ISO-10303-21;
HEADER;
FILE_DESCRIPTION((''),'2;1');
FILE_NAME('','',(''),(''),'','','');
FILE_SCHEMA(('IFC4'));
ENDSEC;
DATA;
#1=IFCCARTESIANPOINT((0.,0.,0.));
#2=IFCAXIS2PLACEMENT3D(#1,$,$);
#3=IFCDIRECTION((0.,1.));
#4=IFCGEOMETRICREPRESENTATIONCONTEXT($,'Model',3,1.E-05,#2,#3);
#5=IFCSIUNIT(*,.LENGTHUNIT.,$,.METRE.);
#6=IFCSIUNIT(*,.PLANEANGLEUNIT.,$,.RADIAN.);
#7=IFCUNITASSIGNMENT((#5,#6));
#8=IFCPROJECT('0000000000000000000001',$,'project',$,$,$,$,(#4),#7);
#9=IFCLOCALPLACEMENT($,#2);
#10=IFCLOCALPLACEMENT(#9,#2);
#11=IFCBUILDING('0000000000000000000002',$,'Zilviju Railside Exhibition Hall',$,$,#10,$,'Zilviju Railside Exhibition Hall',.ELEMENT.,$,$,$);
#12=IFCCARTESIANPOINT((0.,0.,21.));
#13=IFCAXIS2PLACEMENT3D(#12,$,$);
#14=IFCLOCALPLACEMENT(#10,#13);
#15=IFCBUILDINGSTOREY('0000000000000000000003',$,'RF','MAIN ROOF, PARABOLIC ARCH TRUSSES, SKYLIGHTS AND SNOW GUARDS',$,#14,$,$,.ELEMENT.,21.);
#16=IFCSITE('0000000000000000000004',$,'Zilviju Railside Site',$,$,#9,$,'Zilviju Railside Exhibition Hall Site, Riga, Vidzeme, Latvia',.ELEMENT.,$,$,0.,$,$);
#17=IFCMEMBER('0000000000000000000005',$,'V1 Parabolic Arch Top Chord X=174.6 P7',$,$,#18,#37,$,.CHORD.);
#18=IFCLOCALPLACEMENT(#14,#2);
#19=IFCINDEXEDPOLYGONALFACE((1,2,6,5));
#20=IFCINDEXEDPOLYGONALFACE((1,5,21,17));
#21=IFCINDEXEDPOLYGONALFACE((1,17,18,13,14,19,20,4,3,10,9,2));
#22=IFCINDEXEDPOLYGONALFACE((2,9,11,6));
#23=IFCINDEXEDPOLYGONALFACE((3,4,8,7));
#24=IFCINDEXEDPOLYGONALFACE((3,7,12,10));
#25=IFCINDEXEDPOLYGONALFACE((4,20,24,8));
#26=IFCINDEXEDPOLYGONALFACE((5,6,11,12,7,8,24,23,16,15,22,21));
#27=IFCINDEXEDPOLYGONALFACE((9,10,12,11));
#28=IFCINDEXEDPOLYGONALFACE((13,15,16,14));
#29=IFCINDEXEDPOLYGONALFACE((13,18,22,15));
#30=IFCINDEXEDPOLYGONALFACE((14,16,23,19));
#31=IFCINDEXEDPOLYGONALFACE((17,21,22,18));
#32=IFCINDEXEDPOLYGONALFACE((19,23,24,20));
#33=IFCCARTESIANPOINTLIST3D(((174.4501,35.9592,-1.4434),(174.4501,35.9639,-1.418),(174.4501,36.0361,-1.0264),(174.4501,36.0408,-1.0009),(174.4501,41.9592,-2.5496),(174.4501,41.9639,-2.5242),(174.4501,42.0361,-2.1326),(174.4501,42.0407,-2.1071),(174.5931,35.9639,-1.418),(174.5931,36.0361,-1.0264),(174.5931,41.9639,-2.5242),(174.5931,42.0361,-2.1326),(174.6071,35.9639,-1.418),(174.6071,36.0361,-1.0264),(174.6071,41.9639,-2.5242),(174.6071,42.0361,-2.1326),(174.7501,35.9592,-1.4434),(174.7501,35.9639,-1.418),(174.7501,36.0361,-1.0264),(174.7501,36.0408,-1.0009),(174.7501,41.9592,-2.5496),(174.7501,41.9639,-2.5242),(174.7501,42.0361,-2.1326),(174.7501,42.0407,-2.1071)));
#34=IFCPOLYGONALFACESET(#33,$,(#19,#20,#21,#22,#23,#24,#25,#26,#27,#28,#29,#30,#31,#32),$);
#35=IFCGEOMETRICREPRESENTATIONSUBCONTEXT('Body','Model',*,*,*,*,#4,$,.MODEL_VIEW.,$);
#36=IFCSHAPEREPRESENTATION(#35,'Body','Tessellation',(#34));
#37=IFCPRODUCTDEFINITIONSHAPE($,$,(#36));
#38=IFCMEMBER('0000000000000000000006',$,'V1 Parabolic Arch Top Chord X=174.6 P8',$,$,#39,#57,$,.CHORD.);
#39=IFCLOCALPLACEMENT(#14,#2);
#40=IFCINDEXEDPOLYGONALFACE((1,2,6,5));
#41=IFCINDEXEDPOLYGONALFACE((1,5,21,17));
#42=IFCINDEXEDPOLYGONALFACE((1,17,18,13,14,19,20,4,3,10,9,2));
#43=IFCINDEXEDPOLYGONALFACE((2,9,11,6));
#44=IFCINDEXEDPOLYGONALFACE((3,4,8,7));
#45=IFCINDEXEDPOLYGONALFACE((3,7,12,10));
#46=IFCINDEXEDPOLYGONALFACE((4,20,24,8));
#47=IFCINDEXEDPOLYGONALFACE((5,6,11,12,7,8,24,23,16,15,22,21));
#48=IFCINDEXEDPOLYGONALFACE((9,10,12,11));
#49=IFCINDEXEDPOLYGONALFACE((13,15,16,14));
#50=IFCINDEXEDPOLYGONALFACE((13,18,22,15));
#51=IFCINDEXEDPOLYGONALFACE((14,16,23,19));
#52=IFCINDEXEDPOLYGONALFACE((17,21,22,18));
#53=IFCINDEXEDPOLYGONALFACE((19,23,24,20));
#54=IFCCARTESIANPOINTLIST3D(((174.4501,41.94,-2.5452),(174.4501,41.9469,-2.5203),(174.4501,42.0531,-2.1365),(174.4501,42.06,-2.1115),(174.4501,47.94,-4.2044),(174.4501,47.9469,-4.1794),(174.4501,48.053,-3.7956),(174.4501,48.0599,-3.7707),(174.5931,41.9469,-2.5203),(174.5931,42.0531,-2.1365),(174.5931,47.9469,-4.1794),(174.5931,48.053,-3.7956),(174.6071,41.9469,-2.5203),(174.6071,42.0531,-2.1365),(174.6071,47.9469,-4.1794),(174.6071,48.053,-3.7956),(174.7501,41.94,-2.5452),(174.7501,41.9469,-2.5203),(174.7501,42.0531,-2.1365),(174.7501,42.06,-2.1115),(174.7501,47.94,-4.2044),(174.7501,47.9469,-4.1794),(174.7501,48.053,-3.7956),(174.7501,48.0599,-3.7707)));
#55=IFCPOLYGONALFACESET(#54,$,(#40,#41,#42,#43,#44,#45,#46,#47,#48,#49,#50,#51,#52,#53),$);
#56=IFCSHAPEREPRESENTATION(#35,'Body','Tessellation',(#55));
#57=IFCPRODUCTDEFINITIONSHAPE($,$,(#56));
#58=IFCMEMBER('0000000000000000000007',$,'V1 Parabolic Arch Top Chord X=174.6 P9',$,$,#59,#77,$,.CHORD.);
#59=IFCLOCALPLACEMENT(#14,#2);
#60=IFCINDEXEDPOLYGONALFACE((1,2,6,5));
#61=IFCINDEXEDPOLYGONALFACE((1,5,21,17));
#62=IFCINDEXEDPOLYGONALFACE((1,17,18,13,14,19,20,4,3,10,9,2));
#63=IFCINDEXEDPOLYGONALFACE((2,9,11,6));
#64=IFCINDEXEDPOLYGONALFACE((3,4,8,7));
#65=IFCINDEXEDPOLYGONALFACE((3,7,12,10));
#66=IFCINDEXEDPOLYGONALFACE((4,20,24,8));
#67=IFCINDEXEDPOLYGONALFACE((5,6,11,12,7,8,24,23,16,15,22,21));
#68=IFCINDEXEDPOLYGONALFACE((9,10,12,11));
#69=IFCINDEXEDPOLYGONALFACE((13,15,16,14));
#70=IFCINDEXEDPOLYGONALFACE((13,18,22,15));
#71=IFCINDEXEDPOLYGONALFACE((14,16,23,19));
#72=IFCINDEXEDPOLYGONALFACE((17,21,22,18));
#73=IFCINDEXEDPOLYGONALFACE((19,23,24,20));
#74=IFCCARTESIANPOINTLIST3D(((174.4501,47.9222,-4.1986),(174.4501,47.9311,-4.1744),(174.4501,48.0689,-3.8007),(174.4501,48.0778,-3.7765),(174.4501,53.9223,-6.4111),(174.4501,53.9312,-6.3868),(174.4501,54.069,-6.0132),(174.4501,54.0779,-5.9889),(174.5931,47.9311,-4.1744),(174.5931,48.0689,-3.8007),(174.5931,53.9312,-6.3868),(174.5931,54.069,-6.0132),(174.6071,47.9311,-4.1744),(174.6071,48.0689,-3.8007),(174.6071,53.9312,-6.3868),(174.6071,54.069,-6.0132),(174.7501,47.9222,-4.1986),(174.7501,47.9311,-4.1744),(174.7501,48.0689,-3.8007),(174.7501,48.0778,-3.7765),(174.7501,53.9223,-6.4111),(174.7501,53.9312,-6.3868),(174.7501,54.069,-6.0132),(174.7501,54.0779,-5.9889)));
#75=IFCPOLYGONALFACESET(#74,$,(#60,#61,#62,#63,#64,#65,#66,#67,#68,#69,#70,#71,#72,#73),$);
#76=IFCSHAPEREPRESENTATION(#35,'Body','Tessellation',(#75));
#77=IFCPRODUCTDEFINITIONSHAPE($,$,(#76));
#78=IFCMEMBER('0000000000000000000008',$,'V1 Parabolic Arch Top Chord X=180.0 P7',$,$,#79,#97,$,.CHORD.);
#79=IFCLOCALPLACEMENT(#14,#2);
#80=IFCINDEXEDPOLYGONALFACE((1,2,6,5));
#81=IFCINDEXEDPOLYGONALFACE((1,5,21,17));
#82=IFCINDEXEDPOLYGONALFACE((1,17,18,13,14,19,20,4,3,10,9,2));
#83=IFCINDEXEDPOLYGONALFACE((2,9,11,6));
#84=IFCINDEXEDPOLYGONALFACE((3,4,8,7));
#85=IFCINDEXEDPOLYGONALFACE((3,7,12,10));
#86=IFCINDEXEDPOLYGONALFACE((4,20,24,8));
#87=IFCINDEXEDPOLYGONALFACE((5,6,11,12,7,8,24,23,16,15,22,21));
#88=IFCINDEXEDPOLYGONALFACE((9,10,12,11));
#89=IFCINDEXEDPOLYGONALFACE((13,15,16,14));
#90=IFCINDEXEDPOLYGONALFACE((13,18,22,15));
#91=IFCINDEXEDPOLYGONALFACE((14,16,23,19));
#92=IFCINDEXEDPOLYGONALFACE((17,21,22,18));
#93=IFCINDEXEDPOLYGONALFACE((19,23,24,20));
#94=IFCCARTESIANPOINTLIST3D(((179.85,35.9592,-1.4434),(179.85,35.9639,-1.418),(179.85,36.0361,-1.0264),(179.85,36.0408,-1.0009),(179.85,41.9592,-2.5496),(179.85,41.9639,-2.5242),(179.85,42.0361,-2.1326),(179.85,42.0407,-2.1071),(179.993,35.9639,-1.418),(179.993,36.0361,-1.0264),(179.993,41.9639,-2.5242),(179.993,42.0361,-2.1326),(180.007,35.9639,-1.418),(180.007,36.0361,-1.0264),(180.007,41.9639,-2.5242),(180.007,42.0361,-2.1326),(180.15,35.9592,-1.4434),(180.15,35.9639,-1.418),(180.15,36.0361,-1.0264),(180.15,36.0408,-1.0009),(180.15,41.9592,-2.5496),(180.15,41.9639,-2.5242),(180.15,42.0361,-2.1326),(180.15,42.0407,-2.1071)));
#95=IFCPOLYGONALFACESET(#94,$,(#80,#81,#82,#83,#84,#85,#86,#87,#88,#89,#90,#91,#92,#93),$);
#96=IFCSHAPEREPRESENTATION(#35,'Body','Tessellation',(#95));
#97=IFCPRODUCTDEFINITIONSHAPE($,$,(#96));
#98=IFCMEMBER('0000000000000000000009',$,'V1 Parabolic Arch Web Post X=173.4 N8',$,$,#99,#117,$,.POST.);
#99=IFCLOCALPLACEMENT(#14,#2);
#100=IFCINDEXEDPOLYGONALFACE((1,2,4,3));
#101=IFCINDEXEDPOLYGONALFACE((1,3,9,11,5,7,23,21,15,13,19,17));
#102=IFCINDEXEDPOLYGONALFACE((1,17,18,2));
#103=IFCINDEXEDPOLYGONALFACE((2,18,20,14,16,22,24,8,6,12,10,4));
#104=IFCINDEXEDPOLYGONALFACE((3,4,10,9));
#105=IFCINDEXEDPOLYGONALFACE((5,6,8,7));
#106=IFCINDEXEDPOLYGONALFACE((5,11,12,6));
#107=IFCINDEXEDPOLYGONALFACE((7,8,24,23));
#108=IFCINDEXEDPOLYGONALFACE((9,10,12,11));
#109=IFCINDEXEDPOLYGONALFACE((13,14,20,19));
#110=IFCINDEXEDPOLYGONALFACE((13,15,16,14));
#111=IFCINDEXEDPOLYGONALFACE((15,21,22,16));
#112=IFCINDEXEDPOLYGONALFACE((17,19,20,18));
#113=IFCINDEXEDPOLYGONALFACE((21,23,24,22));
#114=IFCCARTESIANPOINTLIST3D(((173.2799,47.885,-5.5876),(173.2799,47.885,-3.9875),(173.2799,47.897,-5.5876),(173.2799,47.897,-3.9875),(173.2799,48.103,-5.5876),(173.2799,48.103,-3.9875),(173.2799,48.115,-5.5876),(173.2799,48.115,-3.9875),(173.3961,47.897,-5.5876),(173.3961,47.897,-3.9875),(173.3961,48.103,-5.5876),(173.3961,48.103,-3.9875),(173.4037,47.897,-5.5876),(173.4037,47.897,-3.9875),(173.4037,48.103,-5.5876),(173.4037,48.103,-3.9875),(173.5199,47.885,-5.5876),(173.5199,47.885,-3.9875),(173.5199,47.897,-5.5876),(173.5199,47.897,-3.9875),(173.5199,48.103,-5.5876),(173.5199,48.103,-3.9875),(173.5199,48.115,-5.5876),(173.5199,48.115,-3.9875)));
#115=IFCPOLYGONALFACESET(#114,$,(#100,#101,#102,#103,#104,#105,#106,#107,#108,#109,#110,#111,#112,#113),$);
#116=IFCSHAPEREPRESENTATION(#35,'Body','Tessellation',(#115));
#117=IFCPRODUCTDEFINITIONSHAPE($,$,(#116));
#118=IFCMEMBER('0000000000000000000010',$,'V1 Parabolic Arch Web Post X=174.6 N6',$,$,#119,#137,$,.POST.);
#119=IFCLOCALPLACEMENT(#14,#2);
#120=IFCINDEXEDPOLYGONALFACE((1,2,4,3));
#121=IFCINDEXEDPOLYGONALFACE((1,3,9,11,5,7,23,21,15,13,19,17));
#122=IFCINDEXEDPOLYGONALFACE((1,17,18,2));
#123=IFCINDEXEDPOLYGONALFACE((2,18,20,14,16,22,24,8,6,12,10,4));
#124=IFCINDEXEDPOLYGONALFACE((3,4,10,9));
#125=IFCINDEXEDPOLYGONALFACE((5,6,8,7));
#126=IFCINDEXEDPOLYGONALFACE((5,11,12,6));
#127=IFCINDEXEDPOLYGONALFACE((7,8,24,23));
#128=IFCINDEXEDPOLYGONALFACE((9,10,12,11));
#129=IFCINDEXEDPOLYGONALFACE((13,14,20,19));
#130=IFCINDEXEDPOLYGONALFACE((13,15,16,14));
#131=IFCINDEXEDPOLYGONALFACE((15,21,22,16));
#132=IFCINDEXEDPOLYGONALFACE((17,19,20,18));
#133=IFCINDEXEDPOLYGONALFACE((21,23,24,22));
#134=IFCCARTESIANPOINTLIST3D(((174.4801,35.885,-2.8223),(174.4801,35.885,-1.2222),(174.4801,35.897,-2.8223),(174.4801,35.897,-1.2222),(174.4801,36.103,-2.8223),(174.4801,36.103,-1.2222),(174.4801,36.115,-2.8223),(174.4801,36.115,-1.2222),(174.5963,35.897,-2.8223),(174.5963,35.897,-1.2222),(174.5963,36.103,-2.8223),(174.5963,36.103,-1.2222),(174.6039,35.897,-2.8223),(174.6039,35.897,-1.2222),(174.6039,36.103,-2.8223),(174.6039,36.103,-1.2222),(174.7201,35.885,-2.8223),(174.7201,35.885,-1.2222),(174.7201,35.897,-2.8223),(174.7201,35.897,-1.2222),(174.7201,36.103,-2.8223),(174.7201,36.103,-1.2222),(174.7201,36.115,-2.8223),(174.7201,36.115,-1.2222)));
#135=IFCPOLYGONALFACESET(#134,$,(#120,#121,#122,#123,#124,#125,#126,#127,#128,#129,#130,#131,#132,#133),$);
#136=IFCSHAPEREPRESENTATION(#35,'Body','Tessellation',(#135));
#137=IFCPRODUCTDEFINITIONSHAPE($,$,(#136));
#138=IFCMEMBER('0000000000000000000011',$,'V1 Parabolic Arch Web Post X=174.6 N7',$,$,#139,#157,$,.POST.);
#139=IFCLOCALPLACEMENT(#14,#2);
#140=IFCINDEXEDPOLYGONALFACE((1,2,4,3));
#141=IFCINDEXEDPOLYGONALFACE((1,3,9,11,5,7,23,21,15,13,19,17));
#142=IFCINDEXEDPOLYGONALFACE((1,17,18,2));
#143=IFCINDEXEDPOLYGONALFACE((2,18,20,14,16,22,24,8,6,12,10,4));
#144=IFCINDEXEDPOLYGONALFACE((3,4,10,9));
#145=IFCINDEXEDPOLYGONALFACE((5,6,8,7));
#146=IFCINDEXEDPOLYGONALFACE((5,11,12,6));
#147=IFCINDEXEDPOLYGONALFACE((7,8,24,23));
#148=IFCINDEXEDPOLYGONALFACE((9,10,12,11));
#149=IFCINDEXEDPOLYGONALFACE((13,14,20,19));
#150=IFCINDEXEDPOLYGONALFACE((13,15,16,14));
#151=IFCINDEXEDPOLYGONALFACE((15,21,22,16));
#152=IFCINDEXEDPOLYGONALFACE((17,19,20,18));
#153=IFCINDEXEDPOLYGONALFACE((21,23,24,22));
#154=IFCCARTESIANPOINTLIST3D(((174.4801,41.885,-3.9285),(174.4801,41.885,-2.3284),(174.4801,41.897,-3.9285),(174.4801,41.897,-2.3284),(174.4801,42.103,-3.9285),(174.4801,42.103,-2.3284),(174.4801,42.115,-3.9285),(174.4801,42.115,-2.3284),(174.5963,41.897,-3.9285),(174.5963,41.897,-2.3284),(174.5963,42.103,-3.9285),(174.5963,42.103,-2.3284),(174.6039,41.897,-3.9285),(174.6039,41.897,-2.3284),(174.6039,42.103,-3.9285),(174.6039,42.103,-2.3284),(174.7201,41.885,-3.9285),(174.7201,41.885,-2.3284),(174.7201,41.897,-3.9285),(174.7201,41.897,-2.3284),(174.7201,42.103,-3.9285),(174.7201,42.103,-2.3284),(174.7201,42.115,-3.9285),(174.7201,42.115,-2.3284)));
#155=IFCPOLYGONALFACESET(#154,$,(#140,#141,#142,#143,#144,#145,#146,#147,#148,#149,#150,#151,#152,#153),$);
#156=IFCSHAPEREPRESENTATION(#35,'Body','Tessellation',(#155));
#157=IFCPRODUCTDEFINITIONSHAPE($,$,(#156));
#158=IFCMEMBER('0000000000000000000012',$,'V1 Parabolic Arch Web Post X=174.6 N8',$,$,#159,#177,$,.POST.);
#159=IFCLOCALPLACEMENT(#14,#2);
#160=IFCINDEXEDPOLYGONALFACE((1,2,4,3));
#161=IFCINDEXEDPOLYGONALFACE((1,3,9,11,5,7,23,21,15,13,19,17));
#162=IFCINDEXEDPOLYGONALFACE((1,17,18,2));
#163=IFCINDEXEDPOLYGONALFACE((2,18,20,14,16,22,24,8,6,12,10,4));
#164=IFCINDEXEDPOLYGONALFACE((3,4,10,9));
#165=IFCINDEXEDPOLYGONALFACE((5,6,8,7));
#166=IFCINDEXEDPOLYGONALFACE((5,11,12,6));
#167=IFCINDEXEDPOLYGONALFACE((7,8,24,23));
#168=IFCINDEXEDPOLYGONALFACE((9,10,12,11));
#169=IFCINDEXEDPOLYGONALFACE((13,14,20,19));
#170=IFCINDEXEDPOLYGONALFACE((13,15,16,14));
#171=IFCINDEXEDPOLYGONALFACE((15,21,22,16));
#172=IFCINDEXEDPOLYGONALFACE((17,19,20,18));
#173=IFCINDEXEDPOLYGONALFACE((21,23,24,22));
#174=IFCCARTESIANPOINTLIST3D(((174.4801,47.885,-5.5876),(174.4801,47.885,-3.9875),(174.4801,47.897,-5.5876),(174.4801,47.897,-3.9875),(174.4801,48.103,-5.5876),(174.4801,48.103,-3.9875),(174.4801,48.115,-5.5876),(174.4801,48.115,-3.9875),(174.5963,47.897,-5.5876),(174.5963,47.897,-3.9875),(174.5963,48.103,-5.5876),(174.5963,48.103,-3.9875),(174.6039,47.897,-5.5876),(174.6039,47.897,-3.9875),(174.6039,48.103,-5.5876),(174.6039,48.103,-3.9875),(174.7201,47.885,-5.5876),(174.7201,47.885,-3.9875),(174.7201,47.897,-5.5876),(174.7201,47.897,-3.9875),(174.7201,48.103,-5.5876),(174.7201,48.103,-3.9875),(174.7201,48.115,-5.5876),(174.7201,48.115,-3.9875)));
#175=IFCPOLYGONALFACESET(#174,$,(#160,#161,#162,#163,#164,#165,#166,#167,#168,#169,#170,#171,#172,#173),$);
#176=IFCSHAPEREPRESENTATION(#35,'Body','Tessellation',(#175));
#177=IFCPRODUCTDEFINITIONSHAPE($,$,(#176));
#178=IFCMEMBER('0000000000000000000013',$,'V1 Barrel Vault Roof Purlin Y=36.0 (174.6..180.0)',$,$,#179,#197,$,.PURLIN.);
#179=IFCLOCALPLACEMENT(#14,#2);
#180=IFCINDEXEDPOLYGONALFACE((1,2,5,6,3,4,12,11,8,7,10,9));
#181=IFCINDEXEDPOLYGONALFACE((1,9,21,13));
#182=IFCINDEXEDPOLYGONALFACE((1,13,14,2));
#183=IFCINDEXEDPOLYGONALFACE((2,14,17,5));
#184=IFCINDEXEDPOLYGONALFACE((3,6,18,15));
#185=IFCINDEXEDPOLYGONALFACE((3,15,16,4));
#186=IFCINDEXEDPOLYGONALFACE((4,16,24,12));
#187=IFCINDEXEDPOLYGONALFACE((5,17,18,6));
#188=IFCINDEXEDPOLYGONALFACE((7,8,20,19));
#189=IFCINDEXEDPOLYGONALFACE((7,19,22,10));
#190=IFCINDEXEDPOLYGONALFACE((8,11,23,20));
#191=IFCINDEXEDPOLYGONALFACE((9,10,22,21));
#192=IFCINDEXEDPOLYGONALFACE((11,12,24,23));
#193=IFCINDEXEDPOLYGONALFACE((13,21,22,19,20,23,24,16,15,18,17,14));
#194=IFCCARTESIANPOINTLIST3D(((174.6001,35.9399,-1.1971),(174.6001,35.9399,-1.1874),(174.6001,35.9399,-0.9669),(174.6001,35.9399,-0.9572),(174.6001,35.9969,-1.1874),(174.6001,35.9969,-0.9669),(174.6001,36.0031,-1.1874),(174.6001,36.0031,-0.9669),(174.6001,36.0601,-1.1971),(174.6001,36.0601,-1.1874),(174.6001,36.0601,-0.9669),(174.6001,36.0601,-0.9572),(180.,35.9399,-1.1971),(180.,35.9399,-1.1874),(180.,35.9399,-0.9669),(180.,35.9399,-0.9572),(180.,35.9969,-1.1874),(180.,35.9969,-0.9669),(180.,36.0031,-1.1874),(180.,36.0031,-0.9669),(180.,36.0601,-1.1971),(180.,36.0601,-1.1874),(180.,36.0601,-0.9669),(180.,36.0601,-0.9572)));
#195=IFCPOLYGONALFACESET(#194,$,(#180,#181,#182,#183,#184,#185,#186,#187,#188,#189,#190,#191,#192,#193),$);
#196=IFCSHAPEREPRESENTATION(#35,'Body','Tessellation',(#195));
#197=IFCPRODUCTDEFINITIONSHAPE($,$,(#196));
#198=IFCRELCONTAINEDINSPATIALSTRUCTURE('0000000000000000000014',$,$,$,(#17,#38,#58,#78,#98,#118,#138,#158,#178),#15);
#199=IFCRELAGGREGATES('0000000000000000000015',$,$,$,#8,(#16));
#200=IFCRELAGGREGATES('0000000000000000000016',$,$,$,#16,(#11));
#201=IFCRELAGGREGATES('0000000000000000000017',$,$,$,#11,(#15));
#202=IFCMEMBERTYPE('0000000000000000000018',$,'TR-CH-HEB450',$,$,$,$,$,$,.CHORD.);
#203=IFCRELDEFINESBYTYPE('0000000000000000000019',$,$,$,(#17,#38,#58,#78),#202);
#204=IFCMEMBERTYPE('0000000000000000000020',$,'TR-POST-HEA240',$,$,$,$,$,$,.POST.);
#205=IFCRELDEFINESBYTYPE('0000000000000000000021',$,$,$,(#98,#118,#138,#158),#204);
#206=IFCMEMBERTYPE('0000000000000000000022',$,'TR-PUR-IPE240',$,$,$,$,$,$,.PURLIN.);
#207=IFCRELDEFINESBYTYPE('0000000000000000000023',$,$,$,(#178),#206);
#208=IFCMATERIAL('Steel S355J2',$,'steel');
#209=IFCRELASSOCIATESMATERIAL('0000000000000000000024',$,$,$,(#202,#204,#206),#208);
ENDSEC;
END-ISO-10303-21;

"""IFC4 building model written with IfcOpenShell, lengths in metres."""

from ifc_helpers import new_model, si_unit, direction, frame, origin, origin_2d, place, context, subcontext, project, spatial, i_section, extrude, material, material_profile, profile_set, type_object, element, save


model = new_model("IFC4")

# Units and contexts
model_context = context("Model", 3, precision=1e-05, world=origin(), true_north=direction((0.0, 1.0)))
body_context = subcontext(model_context, "Body", "Model", "MODEL_VIEW")
ifc_project = project(units=[si_unit("LENGTHUNIT", "METRE"), si_unit("PLANEANGLEUNIT", "RADIAN")], contexts=[model_context])

# Site, building, storey
site_placement = place(None, origin())
site = spatial("IfcSite", under=ifc_project, at=site_placement, Name="Zilviju Railside Site", LongName="Zilviju Railside Exhibition Hall Site, Riga, Vidzeme, Latvia", CompositionType="ELEMENT", RefElevation=0.0)
building_placement = place(site_placement, origin())
building = spatial("IfcBuilding", under=site, at=building_placement, Name="Zilviju Railside Exhibition Hall", LongName="Zilviju Railside Exhibition Hall", CompositionType="ELEMENT")
storey_placement = place(building_placement, frame((0.0, 0.0, 21.0)))
storey = spatial("IfcBuildingStorey", under=building, at=storey_placement, Name="RF", Description="MAIN ROOF, PARABOLIC ARCH TRUSSES, SKYLIGHTS AND SNOW GUARDS", CompositionType="ELEMENT", Elevation=21.0)

# Members
ifc_material_1 = material(Name="Steel S355J2", Category="steel")
ifc_material_profile_1 = material_profile(ifc_material_1, i_section(OverallWidth=0.3, OverallDepth=0.45, WebThickness=0.0139, FlangeThickness=0.0259, at=origin_2d()), Name="HEB 450")
ifc_profile_set_1 = profile_set([ifc_material_profile_1], Name="Steel S355J2")
member_type_1 = type_object("IfcMemberType", Name="TR-CH-HEB450", PredefinedType="CHORD", material=ifc_profile_set_1)
member_1_placement = place(storey_placement, frame((174.6001, 36.0, -1.2222), z_axis=(0.0, 0.983426, -0.181311), x_axis=(-1.0, 0.0, 0.0)))
element("IfcMember", 1, at=member_1_placement, inside=storey, type_object=member_type_1, Name="V1 Parabolic Arch Top Chord X=174.6 P7", PredefinedType="CHORD", context=body_context, shape_type="SweptSolid", body=[
    extrude(i_section(OverallWidth=0.3, OverallDepth=0.45, WebThickness=0.0139, FlangeThickness=0.0259, at=origin_2d()), origin(), (0.0, 0.0, 1.0), 6.1011),
])
member_2_placement = place(storey_placement, frame((174.6001, 42.0, -2.3284), z_axis=(0.0, 0.963827, -0.266527), x_axis=(-1.0, 0.0, 0.0)))
element("IfcMember", 2, at=member_2_placement, inside=storey, type_object=member_type_1, Name="V1 Parabolic Arch Top Chord X=174.6 P8", PredefinedType="CHORD", context=body_context, shape_type="SweptSolid", body=[
    extrude(i_section(OverallWidth=0.3, OverallDepth=0.45, WebThickness=0.0139, FlangeThickness=0.0259, at=origin_2d()), origin(), (0.0, 0.0, 1.0), 6.2251),
])
member_3_placement = place(storey_placement, frame((174.6001, 48.0, -3.9875), z_axis=(0.0, 0.938248, -0.345964), x_axis=(-1.0, 0.0, 0.0)))
element("IfcMember", 3, at=member_3_placement, inside=storey, type_object=member_type_1, Name="V1 Parabolic Arch Top Chord X=174.6 P9", PredefinedType="CHORD", context=body_context, shape_type="SweptSolid", body=[
    extrude(i_section(OverallWidth=0.3, OverallDepth=0.45, WebThickness=0.0139, FlangeThickness=0.0259, at=origin_2d()), origin(), (0.0, 0.0, 1.0), 6.395),
])
member_4_placement = place(storey_placement, frame((180.0, 36.0, -1.2222), z_axis=(0.0, 0.983426, -0.181311), x_axis=(-1.0, 0.0, 0.0)))
element("IfcMember", 4, at=member_4_placement, inside=storey, type_object=member_type_1, Name="V1 Parabolic Arch Top Chord X=180.0 P7", PredefinedType="CHORD", context=body_context, shape_type="SweptSolid", body=[
    extrude(i_section(OverallWidth=0.3, OverallDepth=0.45, WebThickness=0.0139, FlangeThickness=0.0259, at=origin_2d()), origin(), (0.0, 0.0, 1.0), 6.1011),
])
ifc_material_profile_2 = material_profile(ifc_material_1, i_section(OverallWidth=0.24, OverallDepth=0.23, WebThickness=0.0076, FlangeThickness=0.012, at=origin_2d()), Name="HEA 240")
ifc_profile_set_2 = profile_set([ifc_material_profile_2], Name="Steel S355J2")
member_type_2 = type_object("IfcMemberType", Name="TR-POST-HEA240", PredefinedType="POST", material=ifc_profile_set_2)
for number, where, z_axis, x_axis, name in (
    (5, (173.3999, 48.0, -5.5876), (0.0, 0.0, 1.0), (1.0, 0.0, 0.0), "V1 Parabolic Arch Web Post X=173.4 N8"),
    (6, (174.6001, 36.0, -2.8223), (0.0, 0.0, 1.0), (1.0, 0.0, 0.0), "V1 Parabolic Arch Web Post X=174.6 N6"),
    (7, (174.6001, 42.0, -3.9285), (0.0, 0.0, 1.0), (1.0, 0.0, 0.0), "V1 Parabolic Arch Web Post X=174.6 N7"),
    (8, (174.6001, 48.0, -5.5876), (0.0, 0.0, 1.0), (1.0, 0.0, 0.0), "V1 Parabolic Arch Web Post X=174.6 N8"),
):
    element("IfcMember", number, at=place(storey_placement, frame(where, z_axis=z_axis, x_axis=x_axis)), inside=storey, type_object=member_type_2, Name=name, PredefinedType="POST", context=body_context, shape_type="SweptSolid", body=[
        extrude(i_section(OverallWidth=0.24, OverallDepth=0.23, WebThickness=0.0076, FlangeThickness=0.012, at=origin_2d()), origin(), (0.0, 0.0, 1.0), 1.6001),
    ])
ifc_material_profile_3 = material_profile(ifc_material_1, i_section(OverallWidth=0.1201, OverallDepth=0.24, WebThickness=0.0061, FlangeThickness=0.0098, at=origin_2d()), Name="IPE 240")
ifc_profile_set_3 = profile_set([ifc_material_profile_3], Name="Steel S355J2")
member_type_3 = type_object("IfcMemberType", Name="TR-PUR-IPE240", PredefinedType="PURLIN", material=ifc_profile_set_3)
for number, where, z_axis, x_axis, name in (
    (9, (174.6001, 36.0, -1.0771), (1.0, 0.0, 0.0), (0.0, 1.0, 0.0), "V1 Barrel Vault Roof Purlin Y=36.0 (174.6..180.0)"),
):
    element("IfcMember", number, at=place(storey_placement, frame(where, z_axis=z_axis, x_axis=x_axis)), inside=storey, type_object=member_type_3, Name=name, PredefinedType="PURLIN", context=body_context, shape_type="SweptSolid", body=[
        extrude(i_section(OverallWidth=0.1201, OverallDepth=0.24, WebThickness=0.0061, FlangeThickness=0.0098, at=origin_2d()), origin(), (0.0, 0.0, 1.0), 5.3999),
    ])

save(model, "model.ifc")
